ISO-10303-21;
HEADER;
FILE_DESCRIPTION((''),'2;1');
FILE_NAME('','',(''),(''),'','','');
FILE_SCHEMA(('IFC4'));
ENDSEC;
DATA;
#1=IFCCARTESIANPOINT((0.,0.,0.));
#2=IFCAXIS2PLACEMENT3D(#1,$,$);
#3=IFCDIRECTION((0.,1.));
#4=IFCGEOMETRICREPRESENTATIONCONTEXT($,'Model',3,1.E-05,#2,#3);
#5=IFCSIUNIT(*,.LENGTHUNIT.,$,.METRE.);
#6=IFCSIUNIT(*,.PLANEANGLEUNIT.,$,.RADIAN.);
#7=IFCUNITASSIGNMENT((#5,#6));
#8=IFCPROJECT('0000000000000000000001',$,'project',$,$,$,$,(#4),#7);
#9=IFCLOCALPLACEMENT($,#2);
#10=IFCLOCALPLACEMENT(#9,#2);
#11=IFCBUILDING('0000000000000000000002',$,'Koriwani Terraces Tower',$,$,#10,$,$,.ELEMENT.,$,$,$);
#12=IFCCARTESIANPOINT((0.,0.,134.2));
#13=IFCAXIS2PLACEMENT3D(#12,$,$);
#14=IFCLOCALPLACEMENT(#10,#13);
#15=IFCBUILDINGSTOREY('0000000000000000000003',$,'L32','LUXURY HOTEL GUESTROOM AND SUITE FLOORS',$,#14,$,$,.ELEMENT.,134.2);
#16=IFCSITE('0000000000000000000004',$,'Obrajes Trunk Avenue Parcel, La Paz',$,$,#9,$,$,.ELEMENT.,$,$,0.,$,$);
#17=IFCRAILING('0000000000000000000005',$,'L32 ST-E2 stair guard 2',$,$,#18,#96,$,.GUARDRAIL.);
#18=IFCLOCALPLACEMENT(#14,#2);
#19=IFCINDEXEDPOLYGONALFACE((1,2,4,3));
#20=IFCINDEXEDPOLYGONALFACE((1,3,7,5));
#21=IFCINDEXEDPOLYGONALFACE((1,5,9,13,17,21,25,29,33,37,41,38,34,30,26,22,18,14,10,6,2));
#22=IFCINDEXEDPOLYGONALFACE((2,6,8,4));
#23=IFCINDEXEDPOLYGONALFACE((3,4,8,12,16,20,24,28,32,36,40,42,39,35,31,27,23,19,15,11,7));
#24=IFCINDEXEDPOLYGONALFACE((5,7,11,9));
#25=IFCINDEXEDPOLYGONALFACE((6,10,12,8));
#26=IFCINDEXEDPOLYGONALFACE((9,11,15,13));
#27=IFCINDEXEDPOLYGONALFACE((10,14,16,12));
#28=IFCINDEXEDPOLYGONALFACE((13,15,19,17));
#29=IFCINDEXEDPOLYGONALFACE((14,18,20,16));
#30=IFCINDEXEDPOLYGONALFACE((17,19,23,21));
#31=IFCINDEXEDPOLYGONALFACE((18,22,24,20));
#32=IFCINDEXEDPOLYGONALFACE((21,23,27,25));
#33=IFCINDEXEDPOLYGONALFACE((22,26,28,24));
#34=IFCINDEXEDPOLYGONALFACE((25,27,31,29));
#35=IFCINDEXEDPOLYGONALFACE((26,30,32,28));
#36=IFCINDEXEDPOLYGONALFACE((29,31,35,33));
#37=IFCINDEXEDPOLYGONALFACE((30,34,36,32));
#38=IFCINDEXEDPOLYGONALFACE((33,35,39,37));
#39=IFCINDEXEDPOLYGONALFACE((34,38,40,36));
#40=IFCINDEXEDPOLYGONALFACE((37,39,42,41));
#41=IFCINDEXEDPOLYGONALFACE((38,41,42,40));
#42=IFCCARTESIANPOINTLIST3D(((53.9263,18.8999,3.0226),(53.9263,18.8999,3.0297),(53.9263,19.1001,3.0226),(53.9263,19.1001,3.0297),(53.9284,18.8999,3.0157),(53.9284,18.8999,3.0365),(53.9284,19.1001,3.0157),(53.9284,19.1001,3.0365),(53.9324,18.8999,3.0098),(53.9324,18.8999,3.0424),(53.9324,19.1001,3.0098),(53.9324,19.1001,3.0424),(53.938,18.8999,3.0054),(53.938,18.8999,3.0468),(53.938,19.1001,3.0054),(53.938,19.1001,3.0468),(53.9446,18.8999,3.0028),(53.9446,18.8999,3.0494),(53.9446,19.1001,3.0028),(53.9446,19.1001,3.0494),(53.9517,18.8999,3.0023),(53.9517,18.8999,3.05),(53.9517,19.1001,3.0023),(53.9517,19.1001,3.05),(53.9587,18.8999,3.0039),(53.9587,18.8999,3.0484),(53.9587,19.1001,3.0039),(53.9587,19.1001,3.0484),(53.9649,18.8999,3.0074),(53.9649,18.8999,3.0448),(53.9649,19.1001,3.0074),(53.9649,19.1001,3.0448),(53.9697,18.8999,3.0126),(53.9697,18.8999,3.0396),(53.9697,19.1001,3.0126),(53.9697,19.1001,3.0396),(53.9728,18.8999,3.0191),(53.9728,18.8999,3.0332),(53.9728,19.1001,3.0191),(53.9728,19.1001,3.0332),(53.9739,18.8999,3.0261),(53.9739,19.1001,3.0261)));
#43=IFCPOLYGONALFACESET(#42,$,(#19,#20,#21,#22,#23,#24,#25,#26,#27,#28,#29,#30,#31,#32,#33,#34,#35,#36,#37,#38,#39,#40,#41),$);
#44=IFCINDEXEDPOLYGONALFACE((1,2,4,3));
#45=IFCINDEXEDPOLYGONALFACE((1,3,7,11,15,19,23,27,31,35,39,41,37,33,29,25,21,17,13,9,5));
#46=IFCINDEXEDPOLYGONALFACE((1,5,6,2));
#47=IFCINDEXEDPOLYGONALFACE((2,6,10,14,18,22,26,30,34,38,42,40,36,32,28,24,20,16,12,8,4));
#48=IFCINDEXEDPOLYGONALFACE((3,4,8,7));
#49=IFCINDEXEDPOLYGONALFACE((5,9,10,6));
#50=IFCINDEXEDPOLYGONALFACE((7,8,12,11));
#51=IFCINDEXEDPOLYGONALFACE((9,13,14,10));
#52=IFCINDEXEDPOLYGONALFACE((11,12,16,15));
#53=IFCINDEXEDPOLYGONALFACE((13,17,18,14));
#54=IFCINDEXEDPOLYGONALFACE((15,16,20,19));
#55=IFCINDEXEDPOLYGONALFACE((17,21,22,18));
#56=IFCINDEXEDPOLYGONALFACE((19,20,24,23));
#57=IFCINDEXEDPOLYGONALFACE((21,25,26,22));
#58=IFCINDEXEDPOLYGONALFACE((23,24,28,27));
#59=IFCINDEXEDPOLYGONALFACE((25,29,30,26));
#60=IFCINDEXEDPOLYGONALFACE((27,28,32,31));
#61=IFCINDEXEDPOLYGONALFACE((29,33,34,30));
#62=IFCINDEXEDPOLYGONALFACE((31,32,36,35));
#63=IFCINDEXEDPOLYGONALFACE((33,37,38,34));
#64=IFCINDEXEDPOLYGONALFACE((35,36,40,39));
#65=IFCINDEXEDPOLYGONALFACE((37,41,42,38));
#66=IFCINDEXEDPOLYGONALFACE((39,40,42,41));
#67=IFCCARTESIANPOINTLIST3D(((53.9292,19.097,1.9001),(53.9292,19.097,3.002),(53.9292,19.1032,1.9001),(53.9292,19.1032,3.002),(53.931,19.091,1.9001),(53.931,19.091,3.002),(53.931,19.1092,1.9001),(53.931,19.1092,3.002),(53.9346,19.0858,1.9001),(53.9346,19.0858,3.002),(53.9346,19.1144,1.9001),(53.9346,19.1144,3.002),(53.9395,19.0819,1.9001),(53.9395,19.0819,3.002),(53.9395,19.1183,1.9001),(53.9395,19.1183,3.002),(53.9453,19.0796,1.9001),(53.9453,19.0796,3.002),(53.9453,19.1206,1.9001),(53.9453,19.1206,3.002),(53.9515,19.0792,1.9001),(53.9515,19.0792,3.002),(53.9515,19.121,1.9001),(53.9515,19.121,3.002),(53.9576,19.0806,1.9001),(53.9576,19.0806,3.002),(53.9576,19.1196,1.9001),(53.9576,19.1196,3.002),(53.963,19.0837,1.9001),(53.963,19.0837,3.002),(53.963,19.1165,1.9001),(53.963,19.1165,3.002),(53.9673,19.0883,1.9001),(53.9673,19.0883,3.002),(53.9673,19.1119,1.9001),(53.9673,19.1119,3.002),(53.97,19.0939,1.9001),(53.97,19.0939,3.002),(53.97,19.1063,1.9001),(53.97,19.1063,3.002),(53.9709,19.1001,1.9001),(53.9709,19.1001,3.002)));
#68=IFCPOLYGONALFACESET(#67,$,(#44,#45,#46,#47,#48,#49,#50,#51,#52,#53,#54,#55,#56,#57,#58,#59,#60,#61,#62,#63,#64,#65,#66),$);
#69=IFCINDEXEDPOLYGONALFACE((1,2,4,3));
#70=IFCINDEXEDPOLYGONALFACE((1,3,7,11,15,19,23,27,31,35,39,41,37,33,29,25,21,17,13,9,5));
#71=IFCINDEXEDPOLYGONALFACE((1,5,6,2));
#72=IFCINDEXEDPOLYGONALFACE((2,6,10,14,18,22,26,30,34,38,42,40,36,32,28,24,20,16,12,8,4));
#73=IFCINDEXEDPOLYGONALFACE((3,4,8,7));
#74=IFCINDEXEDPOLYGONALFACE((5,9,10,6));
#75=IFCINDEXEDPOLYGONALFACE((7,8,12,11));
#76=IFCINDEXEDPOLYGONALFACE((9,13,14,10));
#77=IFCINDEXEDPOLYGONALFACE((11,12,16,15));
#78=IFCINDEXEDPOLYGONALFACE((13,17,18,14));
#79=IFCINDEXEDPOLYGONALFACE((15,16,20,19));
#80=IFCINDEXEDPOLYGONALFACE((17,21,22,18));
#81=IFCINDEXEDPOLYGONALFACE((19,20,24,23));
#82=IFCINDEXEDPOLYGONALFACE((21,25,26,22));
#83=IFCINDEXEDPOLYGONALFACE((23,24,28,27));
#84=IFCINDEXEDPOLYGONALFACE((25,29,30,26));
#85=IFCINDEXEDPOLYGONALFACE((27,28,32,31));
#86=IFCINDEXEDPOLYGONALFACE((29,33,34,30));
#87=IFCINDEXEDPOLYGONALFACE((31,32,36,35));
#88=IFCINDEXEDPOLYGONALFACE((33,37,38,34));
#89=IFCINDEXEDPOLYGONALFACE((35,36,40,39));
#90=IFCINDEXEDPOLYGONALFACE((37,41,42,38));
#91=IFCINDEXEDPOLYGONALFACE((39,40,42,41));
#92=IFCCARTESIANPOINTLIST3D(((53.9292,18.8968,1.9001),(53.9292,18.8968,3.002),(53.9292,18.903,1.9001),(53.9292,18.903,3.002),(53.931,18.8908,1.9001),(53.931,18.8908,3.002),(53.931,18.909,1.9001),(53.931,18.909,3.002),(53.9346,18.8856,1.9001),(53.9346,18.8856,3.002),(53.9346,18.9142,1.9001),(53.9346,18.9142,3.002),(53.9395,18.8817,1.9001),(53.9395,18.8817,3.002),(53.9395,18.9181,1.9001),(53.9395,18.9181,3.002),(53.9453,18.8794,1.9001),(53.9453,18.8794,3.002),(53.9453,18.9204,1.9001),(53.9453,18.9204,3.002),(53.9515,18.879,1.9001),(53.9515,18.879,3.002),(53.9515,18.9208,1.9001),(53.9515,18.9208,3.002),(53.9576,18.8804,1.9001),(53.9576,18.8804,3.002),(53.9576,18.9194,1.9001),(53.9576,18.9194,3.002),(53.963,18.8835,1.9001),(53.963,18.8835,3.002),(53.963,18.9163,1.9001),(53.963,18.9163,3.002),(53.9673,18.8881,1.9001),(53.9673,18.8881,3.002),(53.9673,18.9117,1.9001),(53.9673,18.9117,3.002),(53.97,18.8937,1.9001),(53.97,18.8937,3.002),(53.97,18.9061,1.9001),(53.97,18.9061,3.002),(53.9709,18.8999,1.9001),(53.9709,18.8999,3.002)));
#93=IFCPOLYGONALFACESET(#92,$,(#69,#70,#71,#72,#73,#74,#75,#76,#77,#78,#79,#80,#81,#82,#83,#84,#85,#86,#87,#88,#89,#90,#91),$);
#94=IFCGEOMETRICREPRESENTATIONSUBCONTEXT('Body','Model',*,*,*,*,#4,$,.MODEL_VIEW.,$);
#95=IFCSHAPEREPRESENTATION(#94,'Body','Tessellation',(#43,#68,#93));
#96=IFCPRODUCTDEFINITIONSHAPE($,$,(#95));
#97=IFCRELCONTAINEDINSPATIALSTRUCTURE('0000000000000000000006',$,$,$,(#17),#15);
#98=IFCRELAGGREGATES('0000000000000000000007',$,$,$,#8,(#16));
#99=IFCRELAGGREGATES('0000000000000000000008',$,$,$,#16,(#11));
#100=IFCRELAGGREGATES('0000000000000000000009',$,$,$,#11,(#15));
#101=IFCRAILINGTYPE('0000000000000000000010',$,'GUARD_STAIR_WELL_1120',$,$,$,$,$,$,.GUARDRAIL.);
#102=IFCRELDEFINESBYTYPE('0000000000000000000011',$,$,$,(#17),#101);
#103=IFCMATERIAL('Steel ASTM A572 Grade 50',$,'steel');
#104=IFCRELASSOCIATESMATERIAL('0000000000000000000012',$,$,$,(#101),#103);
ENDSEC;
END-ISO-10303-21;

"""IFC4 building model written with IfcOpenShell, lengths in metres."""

from ifc_helpers import new_model, si_unit, direction, frame, origin, origin_2d, place, context, subcontext, project, spatial, circle, extrude, material, type_object, element, save


model = new_model("IFC4")

# Units and contexts
model_context = context("Model", 3, precision=1e-05, world=origin(), true_north=direction((0.0, 1.0)))
body_context = subcontext(model_context, "Body", "Model", "MODEL_VIEW")
ifc_project = project(units=[si_unit("LENGTHUNIT", "METRE"), si_unit("PLANEANGLEUNIT", "RADIAN")], contexts=[model_context])

# Site, building, storey
site_placement = place(None, origin())
site = spatial("IfcSite", under=ifc_project, at=site_placement, Name="Obrajes Trunk Avenue Parcel, La Paz", CompositionType="ELEMENT", RefElevation=0.0)
building_placement = place(site_placement, origin())
building = spatial("IfcBuilding", under=site, at=building_placement, Name="Koriwani Terraces Tower", CompositionType="ELEMENT")
storey_placement = place(building_placement, frame((0.0, 0.0, 134.2)))
storey = spatial("IfcBuildingStorey", under=building, at=storey_placement, Name="L32", Description="LUXURY HOTEL GUESTROOM AND SUITE FLOORS", CompositionType="ELEMENT", Elevation=134.2)

# Shared definitions
ifc_material_1 = material(Name="Steel ASTM A572 Grade 50", Category="steel")

# Railing
railing_type_1 = type_object("IfcRailingType", Name="GUARD_STAIR_WELL_1120", PredefinedType="GUARDRAIL", material=ifc_material_1)
railing_1_placement = place(storey_placement, frame((53.95, 19.1001, 1.9001)))
element("IfcRailing", 1, at=railing_1_placement, inside=storey, type_object=railing_type_1, Name="L32 ST-E2 stair guard 2", PredefinedType="GUARDRAIL", context=body_context, shape_type="SweptSolid", body=[
    extrude(circle(Radius=0.0239, at=origin_2d()), frame((0.0, 0.0, 1.126), z_axis=(0.0, -1.0, 0.0), x_axis=(1.0, 0.0, 0.0)), (0.0, 0.0, 1.0), 0.2002),
    extrude(circle(Radius=0.021, at=origin_2d()), origin(), (0.0, 0.0, 1.0), 1.1018),
    extrude(circle(Radius=0.021, at=origin_2d()), frame((0.0, -0.2002, 0.0)), (0.0, 0.0, 1.0), 1.1018),
])

save(model, "model.ifc")
